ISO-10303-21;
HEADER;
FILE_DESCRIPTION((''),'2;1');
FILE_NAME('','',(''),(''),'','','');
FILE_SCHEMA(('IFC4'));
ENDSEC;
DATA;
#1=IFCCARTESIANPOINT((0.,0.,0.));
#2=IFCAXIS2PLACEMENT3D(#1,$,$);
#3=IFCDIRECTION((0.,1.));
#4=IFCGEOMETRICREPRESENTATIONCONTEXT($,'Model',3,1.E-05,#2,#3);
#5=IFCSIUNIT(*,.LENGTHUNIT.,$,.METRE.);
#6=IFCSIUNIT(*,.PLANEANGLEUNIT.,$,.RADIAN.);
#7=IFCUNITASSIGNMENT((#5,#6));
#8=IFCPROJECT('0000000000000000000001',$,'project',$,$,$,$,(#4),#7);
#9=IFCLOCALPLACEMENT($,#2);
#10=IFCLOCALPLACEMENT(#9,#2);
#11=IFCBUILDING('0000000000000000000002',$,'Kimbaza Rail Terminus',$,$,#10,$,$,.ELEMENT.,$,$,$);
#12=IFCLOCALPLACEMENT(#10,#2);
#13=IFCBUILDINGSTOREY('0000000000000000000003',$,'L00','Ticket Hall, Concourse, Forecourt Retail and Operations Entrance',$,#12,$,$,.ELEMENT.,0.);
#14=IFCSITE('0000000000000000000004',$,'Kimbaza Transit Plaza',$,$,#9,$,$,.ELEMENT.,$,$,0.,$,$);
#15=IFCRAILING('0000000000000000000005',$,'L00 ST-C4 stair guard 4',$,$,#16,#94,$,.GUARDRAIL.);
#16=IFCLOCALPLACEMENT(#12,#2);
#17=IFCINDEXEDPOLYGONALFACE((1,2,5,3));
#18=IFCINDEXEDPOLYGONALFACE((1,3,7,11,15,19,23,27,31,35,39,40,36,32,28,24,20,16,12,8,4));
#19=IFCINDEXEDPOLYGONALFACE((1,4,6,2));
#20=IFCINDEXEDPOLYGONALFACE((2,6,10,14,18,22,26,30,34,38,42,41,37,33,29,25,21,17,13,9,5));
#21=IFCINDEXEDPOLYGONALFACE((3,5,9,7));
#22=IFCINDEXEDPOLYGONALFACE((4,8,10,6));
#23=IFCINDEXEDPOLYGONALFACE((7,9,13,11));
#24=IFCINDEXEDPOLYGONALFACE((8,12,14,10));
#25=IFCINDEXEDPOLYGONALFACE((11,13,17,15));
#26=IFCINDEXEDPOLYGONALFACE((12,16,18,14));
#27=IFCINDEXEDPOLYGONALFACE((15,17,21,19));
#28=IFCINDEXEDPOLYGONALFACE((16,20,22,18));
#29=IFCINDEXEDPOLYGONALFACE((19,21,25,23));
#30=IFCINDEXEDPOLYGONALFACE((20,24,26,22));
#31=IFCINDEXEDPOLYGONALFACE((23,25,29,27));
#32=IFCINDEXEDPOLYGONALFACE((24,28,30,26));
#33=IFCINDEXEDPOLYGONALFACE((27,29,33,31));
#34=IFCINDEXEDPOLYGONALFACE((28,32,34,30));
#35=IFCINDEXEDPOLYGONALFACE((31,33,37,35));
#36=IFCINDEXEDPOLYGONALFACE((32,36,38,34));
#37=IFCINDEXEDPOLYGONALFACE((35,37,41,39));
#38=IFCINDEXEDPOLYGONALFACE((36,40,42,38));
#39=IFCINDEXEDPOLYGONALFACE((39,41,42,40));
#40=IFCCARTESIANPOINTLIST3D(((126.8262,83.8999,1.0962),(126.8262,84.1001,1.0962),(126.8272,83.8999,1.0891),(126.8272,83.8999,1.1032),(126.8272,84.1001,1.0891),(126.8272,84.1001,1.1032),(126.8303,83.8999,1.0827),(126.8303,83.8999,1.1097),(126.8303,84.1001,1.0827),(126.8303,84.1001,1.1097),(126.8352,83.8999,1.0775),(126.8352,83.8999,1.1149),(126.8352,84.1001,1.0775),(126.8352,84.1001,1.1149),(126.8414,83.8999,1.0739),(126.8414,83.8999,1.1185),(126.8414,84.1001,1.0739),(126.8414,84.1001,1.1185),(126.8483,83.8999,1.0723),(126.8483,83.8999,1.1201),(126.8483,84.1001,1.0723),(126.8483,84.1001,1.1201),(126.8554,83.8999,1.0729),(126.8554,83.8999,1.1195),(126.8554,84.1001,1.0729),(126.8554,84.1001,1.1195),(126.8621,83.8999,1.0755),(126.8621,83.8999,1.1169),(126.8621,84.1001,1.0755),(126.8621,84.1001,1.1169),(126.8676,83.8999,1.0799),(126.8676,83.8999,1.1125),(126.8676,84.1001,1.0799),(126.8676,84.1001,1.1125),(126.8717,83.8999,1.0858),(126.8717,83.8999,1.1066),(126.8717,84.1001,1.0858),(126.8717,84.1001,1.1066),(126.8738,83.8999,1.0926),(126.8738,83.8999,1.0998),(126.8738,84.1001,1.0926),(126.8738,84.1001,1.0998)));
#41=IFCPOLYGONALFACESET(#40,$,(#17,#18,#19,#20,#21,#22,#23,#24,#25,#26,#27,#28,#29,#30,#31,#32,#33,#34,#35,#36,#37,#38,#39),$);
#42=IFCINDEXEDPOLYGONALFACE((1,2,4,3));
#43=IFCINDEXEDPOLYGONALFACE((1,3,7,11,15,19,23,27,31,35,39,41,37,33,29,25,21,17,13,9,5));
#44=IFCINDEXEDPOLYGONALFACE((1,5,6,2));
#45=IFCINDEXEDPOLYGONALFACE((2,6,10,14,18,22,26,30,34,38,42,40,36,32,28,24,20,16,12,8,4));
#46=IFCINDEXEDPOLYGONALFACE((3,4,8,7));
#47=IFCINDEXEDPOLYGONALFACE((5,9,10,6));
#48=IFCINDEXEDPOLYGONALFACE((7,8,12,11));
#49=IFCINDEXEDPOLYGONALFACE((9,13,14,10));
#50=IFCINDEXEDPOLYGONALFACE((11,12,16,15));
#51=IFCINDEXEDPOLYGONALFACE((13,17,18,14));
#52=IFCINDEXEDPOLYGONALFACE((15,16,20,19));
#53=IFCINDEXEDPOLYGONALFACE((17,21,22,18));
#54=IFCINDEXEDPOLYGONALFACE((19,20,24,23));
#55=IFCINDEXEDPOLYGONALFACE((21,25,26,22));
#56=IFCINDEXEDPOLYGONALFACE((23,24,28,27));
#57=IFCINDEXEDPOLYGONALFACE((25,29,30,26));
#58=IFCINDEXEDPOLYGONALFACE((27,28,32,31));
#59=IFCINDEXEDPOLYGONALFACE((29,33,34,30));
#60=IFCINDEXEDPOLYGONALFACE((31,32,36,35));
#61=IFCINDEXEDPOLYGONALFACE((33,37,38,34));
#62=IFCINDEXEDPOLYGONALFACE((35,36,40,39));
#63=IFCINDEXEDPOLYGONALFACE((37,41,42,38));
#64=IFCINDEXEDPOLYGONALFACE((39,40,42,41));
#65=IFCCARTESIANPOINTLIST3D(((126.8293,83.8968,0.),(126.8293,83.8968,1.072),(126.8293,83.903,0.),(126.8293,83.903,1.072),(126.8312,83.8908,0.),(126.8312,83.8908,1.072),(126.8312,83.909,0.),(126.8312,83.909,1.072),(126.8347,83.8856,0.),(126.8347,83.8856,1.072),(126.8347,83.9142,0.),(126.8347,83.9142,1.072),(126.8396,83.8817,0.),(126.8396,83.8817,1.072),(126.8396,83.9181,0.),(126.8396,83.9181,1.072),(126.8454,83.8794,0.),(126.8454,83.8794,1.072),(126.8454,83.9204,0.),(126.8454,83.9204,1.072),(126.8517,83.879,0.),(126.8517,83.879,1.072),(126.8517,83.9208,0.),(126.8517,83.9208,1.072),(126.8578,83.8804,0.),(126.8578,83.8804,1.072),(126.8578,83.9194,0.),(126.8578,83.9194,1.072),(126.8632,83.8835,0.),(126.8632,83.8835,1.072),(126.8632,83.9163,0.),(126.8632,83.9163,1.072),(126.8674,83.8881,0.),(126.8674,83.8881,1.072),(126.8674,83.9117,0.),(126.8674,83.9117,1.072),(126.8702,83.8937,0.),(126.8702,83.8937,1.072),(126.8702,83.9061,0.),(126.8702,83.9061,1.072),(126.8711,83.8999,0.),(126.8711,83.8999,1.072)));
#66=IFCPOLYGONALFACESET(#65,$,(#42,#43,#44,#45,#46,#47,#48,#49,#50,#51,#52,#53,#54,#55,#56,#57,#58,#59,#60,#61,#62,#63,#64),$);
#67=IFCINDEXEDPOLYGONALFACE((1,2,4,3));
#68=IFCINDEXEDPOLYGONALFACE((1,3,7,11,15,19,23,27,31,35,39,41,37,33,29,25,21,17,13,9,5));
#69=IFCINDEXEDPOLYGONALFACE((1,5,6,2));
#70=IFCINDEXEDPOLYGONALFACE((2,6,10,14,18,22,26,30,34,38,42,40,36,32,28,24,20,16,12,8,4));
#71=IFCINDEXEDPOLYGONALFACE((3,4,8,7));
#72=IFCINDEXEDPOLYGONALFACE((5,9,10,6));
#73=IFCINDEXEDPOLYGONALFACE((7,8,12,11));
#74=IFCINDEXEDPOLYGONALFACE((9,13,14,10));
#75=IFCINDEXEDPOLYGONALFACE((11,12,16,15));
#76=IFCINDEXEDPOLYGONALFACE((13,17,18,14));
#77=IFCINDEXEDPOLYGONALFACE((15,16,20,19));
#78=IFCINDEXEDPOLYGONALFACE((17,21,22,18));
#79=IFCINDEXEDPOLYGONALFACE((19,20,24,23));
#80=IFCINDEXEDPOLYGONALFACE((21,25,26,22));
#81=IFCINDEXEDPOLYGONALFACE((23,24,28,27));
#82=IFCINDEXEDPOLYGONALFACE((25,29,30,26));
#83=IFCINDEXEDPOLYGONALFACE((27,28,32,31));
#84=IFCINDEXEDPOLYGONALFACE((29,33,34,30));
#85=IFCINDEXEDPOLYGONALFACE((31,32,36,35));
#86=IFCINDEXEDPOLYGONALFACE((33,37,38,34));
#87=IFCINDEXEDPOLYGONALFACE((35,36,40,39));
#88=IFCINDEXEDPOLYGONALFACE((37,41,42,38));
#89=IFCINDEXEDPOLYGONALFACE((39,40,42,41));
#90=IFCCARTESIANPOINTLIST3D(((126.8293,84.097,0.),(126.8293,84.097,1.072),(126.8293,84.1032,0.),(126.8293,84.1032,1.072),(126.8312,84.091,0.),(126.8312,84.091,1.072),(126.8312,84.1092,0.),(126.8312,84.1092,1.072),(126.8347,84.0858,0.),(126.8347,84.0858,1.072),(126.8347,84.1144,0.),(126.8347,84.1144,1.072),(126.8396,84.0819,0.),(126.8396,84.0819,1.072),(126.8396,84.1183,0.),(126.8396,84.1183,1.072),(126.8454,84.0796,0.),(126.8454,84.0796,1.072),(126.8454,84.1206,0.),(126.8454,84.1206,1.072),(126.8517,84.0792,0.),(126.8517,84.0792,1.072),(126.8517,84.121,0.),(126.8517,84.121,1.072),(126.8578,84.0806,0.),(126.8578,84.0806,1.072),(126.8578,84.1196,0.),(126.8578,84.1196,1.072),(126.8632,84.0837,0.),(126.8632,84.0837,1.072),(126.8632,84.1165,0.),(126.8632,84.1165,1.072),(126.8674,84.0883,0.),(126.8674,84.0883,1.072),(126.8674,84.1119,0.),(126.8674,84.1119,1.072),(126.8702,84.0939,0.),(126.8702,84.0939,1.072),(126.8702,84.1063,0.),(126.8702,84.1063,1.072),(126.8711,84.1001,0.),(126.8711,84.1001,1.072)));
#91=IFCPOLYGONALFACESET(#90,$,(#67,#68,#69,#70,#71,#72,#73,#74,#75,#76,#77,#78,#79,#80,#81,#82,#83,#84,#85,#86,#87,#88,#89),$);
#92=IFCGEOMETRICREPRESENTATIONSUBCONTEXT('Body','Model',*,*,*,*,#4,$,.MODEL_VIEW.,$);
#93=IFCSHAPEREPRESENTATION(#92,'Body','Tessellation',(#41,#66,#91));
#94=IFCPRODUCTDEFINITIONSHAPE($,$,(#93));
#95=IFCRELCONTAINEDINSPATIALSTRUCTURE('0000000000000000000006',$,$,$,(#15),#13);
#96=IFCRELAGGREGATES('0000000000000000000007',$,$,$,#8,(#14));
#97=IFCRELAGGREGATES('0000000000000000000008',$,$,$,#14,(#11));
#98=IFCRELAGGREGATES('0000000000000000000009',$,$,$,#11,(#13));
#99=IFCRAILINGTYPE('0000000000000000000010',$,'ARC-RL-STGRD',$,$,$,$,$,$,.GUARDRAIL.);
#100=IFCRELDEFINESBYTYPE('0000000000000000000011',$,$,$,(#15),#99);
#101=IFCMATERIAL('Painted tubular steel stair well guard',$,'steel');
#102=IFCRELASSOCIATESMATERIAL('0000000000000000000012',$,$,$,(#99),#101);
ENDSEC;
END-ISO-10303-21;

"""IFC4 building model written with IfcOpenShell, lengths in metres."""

from ifc_helpers import new_model, si_unit, direction, frame, origin, origin_2d, place, context, subcontext, project, spatial, circle, extrude, material, type_object, element, save


model = new_model("IFC4")

# Units and contexts
model_context = context("Model", 3, precision=1e-05, world=origin(), true_north=direction((0.0, 1.0)))
body_context = subcontext(model_context, "Body", "Model", "MODEL_VIEW")
ifc_project = project(units=[si_unit("LENGTHUNIT", "METRE"), si_unit("PLANEANGLEUNIT", "RADIAN")], contexts=[model_context])

# Site, building, storey
site_placement = place(None, origin())
site = spatial("IfcSite", under=ifc_project, at=site_placement, Name="Kimbaza Transit Plaza", CompositionType="ELEMENT", RefElevation=0.0)
building_placement = place(site_placement, origin())
building = spatial("IfcBuilding", under=site, at=building_placement, Name="Kimbaza Rail Terminus", CompositionType="ELEMENT")
storey_placement = place(building_placement, origin())
storey = spatial("IfcBuildingStorey", under=building, at=storey_placement, Name="L00", Description="Ticket Hall, Concourse, Forecourt Retail and Operations Entrance", CompositionType="ELEMENT", Elevation=0.0)

# Railing
ifc_material_1 = material(Name="Painted tubular steel stair well guard", Category="steel")
railing_type_1 = type_object("IfcRailingType", Name="ARC-RL-STGRD", PredefinedType="GUARDRAIL", material=ifc_material_1)
railing_1_placement = place(storey_placement, frame((126.8501, 83.8999, 0.0)))
element("IfcRailing", 1, at=railing_1_placement, inside=storey, type_object=railing_type_1, Name="L00 ST-C4 stair guard 4", PredefinedType="GUARDRAIL", context=body_context, shape_type="SweptSolid", body=[
    extrude(circle(Radius=0.0239, at=origin_2d()), frame((0.0, 0.0, 1.0962), z_axis=(0.0, 1.0, 0.0), x_axis=(-1.0, 0.0, 0.0)), (0.0, 0.0, 1.0), 0.2002),
    extrude(circle(Radius=0.021, at=origin_2d()), origin(), (0.0, 0.0, 1.0), 1.072),
    extrude(circle(Radius=0.021, at=origin_2d()), frame((0.0, 0.2002, 0.0)), (0.0, 0.0, 1.0), 1.072),
])

save(model, "model.ifc")
